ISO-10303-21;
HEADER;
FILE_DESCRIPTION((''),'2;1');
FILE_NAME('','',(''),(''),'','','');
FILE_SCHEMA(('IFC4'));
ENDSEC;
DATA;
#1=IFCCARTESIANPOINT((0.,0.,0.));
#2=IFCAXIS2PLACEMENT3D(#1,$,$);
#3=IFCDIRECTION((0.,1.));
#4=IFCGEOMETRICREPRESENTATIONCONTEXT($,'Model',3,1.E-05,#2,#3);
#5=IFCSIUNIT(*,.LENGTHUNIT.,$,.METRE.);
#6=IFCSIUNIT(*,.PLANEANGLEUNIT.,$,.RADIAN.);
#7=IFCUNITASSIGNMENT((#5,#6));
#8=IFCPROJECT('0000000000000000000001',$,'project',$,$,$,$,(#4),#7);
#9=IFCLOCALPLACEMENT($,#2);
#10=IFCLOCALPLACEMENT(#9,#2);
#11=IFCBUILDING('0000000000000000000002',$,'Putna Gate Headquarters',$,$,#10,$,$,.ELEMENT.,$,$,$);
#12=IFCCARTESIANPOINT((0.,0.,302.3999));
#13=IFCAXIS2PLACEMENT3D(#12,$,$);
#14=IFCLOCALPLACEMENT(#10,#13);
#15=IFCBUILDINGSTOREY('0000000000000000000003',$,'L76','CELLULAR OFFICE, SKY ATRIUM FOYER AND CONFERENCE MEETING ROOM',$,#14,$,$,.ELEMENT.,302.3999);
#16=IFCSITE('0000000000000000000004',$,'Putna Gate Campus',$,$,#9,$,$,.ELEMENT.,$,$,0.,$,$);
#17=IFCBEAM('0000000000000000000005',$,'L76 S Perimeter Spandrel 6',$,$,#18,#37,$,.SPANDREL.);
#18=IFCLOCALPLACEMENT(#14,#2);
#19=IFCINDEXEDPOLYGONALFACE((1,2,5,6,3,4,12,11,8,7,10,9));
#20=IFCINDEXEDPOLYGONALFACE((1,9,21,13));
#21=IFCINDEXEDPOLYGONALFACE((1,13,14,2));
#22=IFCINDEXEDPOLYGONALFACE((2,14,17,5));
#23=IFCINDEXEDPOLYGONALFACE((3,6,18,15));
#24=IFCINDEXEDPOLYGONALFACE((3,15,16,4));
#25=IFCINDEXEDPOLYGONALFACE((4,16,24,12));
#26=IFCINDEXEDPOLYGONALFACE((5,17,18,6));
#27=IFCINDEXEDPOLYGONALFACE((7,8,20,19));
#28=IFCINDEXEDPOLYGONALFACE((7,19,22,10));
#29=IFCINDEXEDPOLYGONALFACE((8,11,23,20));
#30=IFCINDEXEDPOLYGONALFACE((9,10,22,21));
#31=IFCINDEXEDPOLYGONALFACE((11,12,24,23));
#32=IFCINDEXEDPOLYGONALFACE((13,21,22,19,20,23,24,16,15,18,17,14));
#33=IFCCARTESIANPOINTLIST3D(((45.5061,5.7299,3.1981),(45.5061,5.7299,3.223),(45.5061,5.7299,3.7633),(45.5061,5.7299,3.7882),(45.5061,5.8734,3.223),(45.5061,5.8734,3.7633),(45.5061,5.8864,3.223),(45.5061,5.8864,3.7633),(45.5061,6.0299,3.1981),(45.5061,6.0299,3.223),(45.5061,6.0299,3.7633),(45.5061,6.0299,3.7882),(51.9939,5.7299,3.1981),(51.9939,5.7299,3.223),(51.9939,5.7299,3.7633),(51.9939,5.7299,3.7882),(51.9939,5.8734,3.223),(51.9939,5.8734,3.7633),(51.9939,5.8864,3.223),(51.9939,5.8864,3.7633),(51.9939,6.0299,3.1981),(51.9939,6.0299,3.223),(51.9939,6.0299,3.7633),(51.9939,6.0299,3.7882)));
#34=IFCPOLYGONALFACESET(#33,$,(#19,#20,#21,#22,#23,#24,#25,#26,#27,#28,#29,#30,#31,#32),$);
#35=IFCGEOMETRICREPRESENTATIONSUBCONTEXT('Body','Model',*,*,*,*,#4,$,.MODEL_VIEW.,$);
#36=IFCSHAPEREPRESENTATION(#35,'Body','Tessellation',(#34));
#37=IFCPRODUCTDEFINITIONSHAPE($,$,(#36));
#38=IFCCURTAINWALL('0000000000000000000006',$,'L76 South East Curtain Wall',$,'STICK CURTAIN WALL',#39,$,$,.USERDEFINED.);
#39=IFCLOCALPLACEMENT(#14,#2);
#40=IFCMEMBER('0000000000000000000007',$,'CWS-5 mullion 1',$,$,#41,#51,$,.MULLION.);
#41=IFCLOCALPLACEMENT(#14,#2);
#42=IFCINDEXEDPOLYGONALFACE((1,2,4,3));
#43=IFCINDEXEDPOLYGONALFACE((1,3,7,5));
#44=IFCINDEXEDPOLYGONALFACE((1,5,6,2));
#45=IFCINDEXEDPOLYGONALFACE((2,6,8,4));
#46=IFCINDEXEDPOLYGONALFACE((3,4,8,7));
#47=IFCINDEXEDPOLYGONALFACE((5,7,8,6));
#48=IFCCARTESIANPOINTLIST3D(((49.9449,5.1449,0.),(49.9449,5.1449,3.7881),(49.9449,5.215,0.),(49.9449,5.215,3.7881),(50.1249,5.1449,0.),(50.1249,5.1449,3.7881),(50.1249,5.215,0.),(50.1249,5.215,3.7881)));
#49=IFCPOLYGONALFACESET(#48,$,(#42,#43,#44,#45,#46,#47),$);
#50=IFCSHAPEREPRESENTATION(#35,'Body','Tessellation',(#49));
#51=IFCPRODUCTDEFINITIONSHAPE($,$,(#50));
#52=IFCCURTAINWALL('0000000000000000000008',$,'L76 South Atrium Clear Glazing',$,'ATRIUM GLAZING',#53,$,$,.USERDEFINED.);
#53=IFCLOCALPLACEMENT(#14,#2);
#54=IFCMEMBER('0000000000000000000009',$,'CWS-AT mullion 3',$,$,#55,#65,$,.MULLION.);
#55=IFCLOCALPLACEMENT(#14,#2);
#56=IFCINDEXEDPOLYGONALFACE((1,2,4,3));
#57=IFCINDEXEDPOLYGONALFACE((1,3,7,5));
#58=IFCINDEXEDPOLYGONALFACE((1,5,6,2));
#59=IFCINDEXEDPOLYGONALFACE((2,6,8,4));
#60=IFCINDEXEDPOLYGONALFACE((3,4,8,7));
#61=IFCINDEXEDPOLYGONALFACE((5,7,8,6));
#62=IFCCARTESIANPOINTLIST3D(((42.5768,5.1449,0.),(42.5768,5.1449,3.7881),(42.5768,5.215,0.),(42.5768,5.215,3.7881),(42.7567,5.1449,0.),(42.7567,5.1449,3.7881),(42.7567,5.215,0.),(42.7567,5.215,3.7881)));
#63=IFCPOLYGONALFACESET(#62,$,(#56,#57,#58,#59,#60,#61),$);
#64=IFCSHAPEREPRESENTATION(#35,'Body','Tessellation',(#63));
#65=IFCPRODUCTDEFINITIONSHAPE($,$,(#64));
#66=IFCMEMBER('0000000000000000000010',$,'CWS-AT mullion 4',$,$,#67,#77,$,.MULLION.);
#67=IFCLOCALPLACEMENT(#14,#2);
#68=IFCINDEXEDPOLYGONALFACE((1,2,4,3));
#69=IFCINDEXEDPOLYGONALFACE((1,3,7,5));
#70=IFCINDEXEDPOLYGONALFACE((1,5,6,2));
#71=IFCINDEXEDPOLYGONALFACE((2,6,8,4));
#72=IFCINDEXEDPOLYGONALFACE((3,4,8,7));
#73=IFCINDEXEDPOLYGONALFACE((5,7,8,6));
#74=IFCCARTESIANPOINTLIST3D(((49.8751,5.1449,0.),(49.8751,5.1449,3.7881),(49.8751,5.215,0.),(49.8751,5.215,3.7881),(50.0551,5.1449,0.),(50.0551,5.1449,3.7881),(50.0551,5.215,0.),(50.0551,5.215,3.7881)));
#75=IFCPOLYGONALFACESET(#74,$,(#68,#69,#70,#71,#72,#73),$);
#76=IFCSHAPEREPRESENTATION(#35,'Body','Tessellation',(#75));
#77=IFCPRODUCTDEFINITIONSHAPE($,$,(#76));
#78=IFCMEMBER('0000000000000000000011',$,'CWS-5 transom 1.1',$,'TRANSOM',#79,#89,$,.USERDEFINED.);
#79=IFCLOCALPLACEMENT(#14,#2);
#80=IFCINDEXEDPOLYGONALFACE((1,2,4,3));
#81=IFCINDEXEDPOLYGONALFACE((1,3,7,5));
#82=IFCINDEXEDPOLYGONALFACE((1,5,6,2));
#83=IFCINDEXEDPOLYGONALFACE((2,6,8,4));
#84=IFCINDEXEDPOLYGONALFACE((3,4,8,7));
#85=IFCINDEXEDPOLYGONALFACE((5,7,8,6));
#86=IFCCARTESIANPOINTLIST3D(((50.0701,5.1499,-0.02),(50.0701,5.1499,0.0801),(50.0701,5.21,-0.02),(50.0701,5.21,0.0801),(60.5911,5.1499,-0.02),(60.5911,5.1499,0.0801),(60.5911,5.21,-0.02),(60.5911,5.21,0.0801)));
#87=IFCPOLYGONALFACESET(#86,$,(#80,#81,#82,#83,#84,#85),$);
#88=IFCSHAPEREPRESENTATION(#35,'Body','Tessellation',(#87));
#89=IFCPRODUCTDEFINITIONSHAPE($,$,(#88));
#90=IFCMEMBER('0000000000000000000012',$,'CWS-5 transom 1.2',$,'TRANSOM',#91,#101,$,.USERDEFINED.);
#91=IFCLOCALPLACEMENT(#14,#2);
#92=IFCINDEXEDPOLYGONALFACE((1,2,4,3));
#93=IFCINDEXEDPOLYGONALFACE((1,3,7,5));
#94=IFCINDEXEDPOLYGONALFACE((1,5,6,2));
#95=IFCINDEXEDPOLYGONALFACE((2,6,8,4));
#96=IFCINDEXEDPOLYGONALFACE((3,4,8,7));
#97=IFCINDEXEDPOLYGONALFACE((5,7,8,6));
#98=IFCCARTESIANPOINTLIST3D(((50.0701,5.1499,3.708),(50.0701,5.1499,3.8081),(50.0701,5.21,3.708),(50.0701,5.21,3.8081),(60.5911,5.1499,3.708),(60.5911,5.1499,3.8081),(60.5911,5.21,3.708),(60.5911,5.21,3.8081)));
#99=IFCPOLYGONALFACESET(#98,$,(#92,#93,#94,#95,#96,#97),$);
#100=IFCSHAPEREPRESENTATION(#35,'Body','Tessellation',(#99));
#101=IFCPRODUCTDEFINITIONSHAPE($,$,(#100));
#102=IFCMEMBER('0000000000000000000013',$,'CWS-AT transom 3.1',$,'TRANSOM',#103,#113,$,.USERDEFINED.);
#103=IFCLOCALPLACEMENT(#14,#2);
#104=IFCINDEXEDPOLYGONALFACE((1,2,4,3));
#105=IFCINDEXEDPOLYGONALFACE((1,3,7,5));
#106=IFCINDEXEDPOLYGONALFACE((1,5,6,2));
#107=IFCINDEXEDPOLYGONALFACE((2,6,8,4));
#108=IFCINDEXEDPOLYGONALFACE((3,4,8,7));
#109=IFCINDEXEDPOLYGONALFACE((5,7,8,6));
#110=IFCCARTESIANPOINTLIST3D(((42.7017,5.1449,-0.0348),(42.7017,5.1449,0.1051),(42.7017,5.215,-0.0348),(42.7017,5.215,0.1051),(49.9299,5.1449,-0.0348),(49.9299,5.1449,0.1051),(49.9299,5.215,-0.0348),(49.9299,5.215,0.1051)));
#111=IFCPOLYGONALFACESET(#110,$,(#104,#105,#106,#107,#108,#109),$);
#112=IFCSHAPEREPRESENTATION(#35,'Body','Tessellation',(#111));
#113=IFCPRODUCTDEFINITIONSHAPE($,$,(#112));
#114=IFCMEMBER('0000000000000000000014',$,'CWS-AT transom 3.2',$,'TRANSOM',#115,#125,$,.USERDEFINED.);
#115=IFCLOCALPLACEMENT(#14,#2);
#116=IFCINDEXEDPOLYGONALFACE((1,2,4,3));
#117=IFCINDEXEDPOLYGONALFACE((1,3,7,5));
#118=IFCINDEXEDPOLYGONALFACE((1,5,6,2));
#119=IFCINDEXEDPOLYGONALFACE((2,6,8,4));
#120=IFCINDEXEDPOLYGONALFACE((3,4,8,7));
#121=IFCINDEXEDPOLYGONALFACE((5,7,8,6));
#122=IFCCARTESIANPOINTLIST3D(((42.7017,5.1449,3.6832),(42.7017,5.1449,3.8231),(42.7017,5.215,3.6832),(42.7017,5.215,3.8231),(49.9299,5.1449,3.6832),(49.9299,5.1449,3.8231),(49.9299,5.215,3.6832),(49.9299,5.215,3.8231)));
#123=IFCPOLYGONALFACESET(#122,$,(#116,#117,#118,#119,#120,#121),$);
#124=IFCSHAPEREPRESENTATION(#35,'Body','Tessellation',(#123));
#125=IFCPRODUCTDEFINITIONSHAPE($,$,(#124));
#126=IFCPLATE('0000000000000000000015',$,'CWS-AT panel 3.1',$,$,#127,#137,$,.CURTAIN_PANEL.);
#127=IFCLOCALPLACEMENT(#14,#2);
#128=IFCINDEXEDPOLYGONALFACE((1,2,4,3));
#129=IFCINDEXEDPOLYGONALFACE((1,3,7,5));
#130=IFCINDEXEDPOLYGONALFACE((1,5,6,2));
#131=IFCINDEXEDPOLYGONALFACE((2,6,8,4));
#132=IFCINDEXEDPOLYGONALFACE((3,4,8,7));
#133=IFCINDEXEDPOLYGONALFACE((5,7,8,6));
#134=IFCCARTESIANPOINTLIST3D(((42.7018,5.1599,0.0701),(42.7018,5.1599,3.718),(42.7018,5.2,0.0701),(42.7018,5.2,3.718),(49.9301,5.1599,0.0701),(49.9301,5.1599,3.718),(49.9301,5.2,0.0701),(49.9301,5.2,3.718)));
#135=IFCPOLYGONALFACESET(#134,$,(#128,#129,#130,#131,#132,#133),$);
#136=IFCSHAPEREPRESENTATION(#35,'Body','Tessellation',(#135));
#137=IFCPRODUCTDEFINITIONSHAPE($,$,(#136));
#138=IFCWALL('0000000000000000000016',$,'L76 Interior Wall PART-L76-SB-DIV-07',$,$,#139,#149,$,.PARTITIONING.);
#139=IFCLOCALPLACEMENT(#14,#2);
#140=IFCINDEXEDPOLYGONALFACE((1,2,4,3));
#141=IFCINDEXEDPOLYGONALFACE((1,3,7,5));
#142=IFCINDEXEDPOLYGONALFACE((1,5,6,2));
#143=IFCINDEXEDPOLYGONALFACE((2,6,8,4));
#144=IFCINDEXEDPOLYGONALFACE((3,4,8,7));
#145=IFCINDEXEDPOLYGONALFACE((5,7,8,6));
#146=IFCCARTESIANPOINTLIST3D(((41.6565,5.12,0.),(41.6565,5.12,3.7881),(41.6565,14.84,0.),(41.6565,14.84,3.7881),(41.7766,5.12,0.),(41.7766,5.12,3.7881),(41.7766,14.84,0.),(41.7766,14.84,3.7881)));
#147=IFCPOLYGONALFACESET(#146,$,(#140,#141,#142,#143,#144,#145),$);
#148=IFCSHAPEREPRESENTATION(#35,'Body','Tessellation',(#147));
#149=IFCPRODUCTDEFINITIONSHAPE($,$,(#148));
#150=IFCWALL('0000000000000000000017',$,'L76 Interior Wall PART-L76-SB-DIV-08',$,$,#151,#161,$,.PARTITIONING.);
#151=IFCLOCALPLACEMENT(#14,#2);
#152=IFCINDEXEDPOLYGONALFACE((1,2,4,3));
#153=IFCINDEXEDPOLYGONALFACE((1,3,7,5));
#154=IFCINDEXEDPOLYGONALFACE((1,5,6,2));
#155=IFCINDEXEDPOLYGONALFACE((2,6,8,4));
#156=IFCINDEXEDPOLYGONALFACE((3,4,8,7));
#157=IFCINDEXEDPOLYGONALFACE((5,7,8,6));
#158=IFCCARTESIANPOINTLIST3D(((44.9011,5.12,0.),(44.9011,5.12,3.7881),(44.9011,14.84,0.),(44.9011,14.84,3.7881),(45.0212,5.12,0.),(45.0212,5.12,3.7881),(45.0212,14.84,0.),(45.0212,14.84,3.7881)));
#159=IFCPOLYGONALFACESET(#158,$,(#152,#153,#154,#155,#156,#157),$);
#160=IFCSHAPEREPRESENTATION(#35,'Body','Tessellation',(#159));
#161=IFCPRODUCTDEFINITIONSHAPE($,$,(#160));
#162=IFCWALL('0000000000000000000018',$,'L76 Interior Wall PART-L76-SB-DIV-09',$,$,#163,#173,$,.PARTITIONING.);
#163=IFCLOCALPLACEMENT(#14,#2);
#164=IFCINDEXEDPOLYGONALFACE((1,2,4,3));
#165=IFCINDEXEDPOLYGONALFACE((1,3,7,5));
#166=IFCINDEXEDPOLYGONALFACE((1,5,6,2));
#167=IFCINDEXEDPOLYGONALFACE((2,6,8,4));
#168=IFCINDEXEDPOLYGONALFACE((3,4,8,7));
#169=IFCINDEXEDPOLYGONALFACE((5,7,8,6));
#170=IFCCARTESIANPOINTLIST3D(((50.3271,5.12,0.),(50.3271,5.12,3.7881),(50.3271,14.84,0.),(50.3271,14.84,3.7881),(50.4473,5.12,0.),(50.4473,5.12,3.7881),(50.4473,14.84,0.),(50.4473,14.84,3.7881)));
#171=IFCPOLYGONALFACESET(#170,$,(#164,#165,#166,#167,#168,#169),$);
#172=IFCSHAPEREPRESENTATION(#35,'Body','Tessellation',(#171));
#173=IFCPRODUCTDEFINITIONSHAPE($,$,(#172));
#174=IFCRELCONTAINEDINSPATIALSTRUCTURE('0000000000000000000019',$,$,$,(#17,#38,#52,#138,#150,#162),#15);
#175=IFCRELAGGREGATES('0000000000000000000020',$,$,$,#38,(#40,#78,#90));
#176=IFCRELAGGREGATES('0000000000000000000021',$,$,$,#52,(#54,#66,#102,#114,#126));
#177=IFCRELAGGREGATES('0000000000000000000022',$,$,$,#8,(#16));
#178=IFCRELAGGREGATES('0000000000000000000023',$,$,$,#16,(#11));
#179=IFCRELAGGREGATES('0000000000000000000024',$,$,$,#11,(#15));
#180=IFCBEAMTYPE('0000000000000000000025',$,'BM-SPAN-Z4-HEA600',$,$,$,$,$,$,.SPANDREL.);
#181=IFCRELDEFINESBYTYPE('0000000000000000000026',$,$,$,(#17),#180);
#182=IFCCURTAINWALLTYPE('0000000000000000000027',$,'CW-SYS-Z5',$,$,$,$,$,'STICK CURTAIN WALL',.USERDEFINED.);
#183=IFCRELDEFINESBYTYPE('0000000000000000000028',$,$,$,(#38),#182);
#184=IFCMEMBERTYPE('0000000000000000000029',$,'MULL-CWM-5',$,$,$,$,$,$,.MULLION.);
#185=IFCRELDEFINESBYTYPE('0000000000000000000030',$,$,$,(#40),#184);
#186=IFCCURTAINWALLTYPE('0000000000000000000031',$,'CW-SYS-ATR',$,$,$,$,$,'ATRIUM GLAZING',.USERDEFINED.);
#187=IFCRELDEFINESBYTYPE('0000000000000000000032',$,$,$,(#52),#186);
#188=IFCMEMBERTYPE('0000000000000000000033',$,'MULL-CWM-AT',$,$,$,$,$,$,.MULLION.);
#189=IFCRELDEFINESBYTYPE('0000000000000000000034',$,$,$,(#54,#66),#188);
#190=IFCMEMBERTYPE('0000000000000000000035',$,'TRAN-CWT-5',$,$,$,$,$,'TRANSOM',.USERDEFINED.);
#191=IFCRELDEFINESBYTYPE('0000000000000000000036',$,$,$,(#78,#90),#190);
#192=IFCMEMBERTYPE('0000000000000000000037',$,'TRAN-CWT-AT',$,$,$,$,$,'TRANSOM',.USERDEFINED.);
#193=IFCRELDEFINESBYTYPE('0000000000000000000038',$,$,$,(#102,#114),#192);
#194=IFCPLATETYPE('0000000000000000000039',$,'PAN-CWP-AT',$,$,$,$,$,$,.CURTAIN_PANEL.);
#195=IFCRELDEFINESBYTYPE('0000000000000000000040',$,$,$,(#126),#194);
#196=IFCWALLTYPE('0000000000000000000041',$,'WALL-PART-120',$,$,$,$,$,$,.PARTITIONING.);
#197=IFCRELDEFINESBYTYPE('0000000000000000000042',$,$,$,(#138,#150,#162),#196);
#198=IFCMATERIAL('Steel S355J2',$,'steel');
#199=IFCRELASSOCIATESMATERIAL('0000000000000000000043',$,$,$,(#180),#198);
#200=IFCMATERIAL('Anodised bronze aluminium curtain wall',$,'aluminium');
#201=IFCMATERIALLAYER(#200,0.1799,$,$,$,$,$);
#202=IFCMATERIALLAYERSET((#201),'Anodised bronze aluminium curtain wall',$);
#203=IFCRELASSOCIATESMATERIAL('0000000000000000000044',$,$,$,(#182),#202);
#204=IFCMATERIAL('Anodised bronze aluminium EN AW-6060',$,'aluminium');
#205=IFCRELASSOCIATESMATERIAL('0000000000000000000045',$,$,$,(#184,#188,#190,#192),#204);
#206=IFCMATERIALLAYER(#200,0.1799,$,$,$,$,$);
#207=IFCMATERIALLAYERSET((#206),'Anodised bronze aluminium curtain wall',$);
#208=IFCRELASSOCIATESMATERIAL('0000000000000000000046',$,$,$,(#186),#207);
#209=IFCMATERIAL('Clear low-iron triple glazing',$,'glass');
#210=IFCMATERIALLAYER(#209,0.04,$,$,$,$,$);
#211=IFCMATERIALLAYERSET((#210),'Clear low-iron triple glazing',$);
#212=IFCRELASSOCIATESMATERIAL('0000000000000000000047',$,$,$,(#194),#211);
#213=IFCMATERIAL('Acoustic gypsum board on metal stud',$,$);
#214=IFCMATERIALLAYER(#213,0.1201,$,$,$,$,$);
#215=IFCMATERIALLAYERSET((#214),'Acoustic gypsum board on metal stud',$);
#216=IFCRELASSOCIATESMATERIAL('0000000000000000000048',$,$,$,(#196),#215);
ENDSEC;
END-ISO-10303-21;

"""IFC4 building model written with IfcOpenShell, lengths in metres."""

from ifc_helpers import new_model, si_unit, direction, frame, frame_2d, origin, origin_2d, place, context, subcontext, project, spatial, rectangle, i_section, extrude, material, layer, layer_set, material_profile, profile_set, type_object, element, aggregate, save


model = new_model("IFC4")

# Units and contexts
model_context = context("Model", 3, precision=1e-05, world=origin(), true_north=direction((0.0, 1.0)))
body_context = subcontext(model_context, "Body", "Model", "MODEL_VIEW")
ifc_project = project(units=[si_unit("LENGTHUNIT", "METRE"), si_unit("PLANEANGLEUNIT", "RADIAN")], contexts=[model_context])

# Site, building, storey
site_placement = place(None, origin())
site = spatial("IfcSite", under=ifc_project, at=site_placement, Name="Putna Gate Campus", CompositionType="ELEMENT", RefElevation=0.0)
building_placement = place(site_placement, origin())
building = spatial("IfcBuilding", under=site, at=building_placement, Name="Putna Gate Headquarters", CompositionType="ELEMENT")
storey_placement = place(building_placement, frame((0.0, 0.0, 302.3999)))
storey = spatial("IfcBuildingStorey", under=building, at=storey_placement, Name="L76", Description="CELLULAR OFFICE, SKY ATRIUM FOYER AND CONFERENCE MEETING ROOM", CompositionType="ELEMENT", Elevation=302.3999)

# Beam
ifc_material_1 = material(Name="Steel S355J2", Category="steel")
ifc_material_profile_1 = material_profile(ifc_material_1, i_section(OverallWidth=0.3, OverallDepth=0.5901, WebThickness=0.0129, FlangeThickness=0.0249, at=origin_2d()), Name="Steel S355J2")
ifc_profile_set_1 = profile_set([ifc_material_profile_1], Name="Steel S355J2")
beam_type_1 = type_object("IfcBeamType", Name="BM-SPAN-Z4-HEA600", PredefinedType="SPANDREL", material=ifc_profile_set_1)
beam_1_placement = place(storey_placement, frame((45.5061, 5.8799, 3.4932), z_axis=(1.0, 0.0, 0.0), x_axis=(0.0, 1.0, 0.0)))
element("IfcBeam", 1, at=beam_1_placement, inside=storey, type_object=beam_type_1, Name="L76 S Perimeter Spandrel 6", PredefinedType="SPANDREL", context=body_context, shape_type="SweptSolid", body=[
    extrude(i_section(OverallWidth=0.3, OverallDepth=0.5901, WebThickness=0.0129, FlangeThickness=0.0249, at=origin_2d()), origin(), (0.0, 0.0, 1.0), 6.4878),
])

# Curtain wall, member
ifc_material_2 = material(Name="Anodised bronze aluminium curtain wall", Category="aluminium")
ifc_layer_1 = layer(ifc_material_2, 0.1799)
ifc_layer_set_1 = layer_set([ifc_layer_1], Name="Anodised bronze aluminium curtain wall")
curtain_wall_type_1 = type_object("IfcCurtainWallType", Name="CW-SYS-Z5", ElementType="STICK CURTAIN WALL", PredefinedType="USERDEFINED", material=ifc_layer_set_1)
curtain_wall_1_placement = place(storey_placement, origin())
curtain_wall_1 = element("IfcCurtainWall", 2, at=curtain_wall_1_placement, inside=storey, type_object=curtain_wall_type_1, Name="L76 South East Curtain Wall", ObjectType="STICK CURTAIN WALL", PredefinedType="USERDEFINED")
ifc_material_3 = material(Name="Anodised bronze aluminium EN AW-6060", Category="aluminium")
ifc_material_profile_2 = material_profile(ifc_material_3, rectangle(XDim=0.0701, YDim=0.1799, at=origin_2d()), Name="Anodised bronze aluminium EN AW-6060")
ifc_profile_set_2 = profile_set([ifc_material_profile_2], Name="Anodised bronze aluminium EN AW-6060")
member_type_1 = type_object("IfcMemberType", Name="MULL-CWM-5", PredefinedType="MULLION", material=ifc_profile_set_2)
member_1_placement = place(storey_placement, frame((50.0349, 5.1799, 0.0), z_axis=(0.0, 0.0, 1.0), x_axis=(0.0, 1.0, 0.0)))
member_1 = element("IfcMember", 3, at=member_1_placement, type_object=member_type_1, Name="CWS-5 mullion 1", PredefinedType="MULLION", context=body_context, shape_type="SweptSolid", body=[
    extrude(rectangle(XDim=0.0701, YDim=0.1799, at=origin_2d()), origin(), (0.0, 0.0, 1.0), 3.7881),
])

# Curtain wall, members
ifc_layer_2 = layer(ifc_material_2, 0.1799)
ifc_layer_set_2 = layer_set([ifc_layer_2], Name="Anodised bronze aluminium curtain wall")
curtain_wall_type_2 = type_object("IfcCurtainWallType", Name="CW-SYS-ATR", ElementType="ATRIUM GLAZING", PredefinedType="USERDEFINED", material=ifc_layer_set_2)
curtain_wall_2_placement = place(storey_placement, origin())
curtain_wall_2 = element("IfcCurtainWall", 4, at=curtain_wall_2_placement, inside=storey, type_object=curtain_wall_type_2, Name="L76 South Atrium Clear Glazing", ObjectType="ATRIUM GLAZING", PredefinedType="USERDEFINED")
ifc_material_profile_3 = material_profile(ifc_material_3, rectangle(XDim=0.0701, YDim=0.1799, at=origin_2d()), Name="Anodised bronze aluminium EN AW-6060")
ifc_profile_set_3 = profile_set([ifc_material_profile_3], Name="Anodised bronze aluminium EN AW-6060")
member_type_2 = type_object("IfcMemberType", Name="MULL-CWM-AT", PredefinedType="MULLION", material=ifc_profile_set_3)
member_2_placement = place(storey_placement, frame((42.6667, 5.1799, 0.0), z_axis=(0.0, 0.0, 1.0), x_axis=(0.0, 1.0, 0.0)))
member_2 = element("IfcMember", 5, at=member_2_placement, type_object=member_type_2, Name="CWS-AT mullion 3", PredefinedType="MULLION", context=body_context, shape_type="SweptSolid", body=[
    extrude(rectangle(XDim=0.0701, YDim=0.1799, at=origin_2d()), origin(), (0.0, 0.0, 1.0), 3.7881),
])
member_3_placement = place(storey_placement, frame((49.9651, 5.1799, 0.0), z_axis=(0.0, 0.0, 1.0), x_axis=(0.0, 1.0, 0.0)))
member_3 = element("IfcMember", 6, at=member_3_placement, type_object=member_type_2, Name="CWS-AT mullion 4", PredefinedType="MULLION", context=body_context, shape_type="SweptSolid", body=[
    extrude(rectangle(XDim=0.0701, YDim=0.1799, at=origin_2d()), origin(), (0.0, 0.0, 1.0), 3.7881),
])

# Members
ifc_material_profile_4 = material_profile(ifc_material_3, rectangle(XDim=0.0601, YDim=0.1001, at=origin_2d()), Name="Anodised bronze aluminium EN AW-6060")
ifc_profile_set_4 = profile_set([ifc_material_profile_4], Name="Anodised bronze aluminium EN AW-6060")
member_type_3 = type_object("IfcMemberType", Name="TRAN-CWT-5", ElementType="TRANSOM", PredefinedType="USERDEFINED", material=ifc_profile_set_4)
member_4_placement = place(storey_placement, frame((50.0701, 5.1799, 0.03), z_axis=(1.0, 0.0, 0.0), x_axis=(0.0, 1.0, 0.0)))
member_4 = element("IfcMember", 7, at=member_4_placement, type_object=member_type_3, Name="CWS-5 transom 1.1", ObjectType="TRANSOM", PredefinedType="USERDEFINED", context=body_context, shape_type="SweptSolid", body=[
    extrude(rectangle(XDim=0.0601, YDim=0.1001, at=origin_2d()), origin(), (0.0, 0.0, 1.0), 10.521),
])
member_5_placement = place(storey_placement, frame((50.0701, 5.1799, 3.7581), z_axis=(1.0, 0.0, 0.0), x_axis=(0.0, 1.0, 0.0)))
member_5 = element("IfcMember", 8, at=member_5_placement, type_object=member_type_3, Name="CWS-5 transom 1.2", ObjectType="TRANSOM", PredefinedType="USERDEFINED", context=body_context, shape_type="SweptSolid", body=[
    extrude(rectangle(XDim=0.0601, YDim=0.1001, at=origin_2d()), origin(), (0.0, 0.0, 1.0), 10.521),
])
aggregate(curtain_wall_1, [member_1, member_4, member_5])
ifc_material_profile_5 = material_profile(ifc_material_3, rectangle(XDim=0.0701, YDim=0.1399, at=origin_2d()), Name="Anodised bronze aluminium EN AW-6060")
ifc_profile_set_5 = profile_set([ifc_material_profile_5], Name="Anodised bronze aluminium EN AW-6060")
member_type_4 = type_object("IfcMemberType", Name="TRAN-CWT-AT", ElementType="TRANSOM", PredefinedType="USERDEFINED", material=ifc_profile_set_5)
member_6_placement = place(storey_placement, frame((42.7017, 5.1799, 0.0352), z_axis=(1.0, 0.0, 0.0), x_axis=(0.0, 1.0, 0.0)))
member_6 = element("IfcMember", 9, at=member_6_placement, type_object=member_type_4, Name="CWS-AT transom 3.1", ObjectType="TRANSOM", PredefinedType="USERDEFINED", context=body_context, shape_type="SweptSolid", body=[
    extrude(rectangle(XDim=0.0701, YDim=0.1399, at=origin_2d()), origin(), (0.0, 0.0, 1.0), 7.2283),
])
member_7_placement = place(storey_placement, frame((42.7017, 5.1799, 3.7532), z_axis=(1.0, 0.0, 0.0), x_axis=(0.0, 1.0, 0.0)))
member_7 = element("IfcMember", 10, at=member_7_placement, type_object=member_type_4, Name="CWS-AT transom 3.2", ObjectType="TRANSOM", PredefinedType="USERDEFINED", context=body_context, shape_type="SweptSolid", body=[
    extrude(rectangle(XDim=0.0701, YDim=0.1399, at=origin_2d()), origin(), (0.0, 0.0, 1.0), 7.2283),
])

# Plate
ifc_material_4 = material(Name="Clear low-iron triple glazing", Category="glass")
ifc_layer_3 = layer(ifc_material_4, 0.04)
ifc_layer_set_3 = layer_set([ifc_layer_3], Name="Clear low-iron triple glazing")
plate_type = type_object("IfcPlateType", Name="PAN-CWP-AT", PredefinedType="CURTAIN_PANEL", material=ifc_layer_set_3)
plate_placement = place(storey_placement, frame((46.3159, 5.1799, 0.0701), z_axis=(0.0, 0.0, 1.0), x_axis=(1.0, 0.0, 0.0)))
plate = element("IfcPlate", 11, at=plate_placement, type_object=plate_type, Name="CWS-AT panel 3.1", PredefinedType="CURTAIN_PANEL", context=body_context, shape_type="SweptSolid", body=[
    extrude(rectangle(XDim=7.2283, YDim=0.04, at=origin_2d()), origin(), (0.0, 0.0, 1.0), 3.6479),
])
aggregate(curtain_wall_2, [member_2, member_3, member_6, member_7, plate])

# Walls
ifc_material_5 = material(Name="Acoustic gypsum board on metal stud")
ifc_layer_4 = layer(ifc_material_5, 0.1201)
ifc_layer_set_4 = layer_set([ifc_layer_4], Name="Acoustic gypsum board on metal stud")
wall_type_1 = type_object("IfcWallType", Name="WALL-PART-120", PredefinedType="PARTITIONING", material=ifc_layer_set_4)
for number, where, z_axis, x_axis, name in (
    (12, (41.7166, 5.1201, 0.0), (0.0, 0.0, 1.0), (0.0, 1.0, 0.0), "L76 Interior Wall PART-L76-SB-DIV-07"),
    (13, (44.9612, 5.1201, 0.0), (0.0, 0.0, 1.0), (0.0, 1.0, 0.0), "L76 Interior Wall PART-L76-SB-DIV-08"),
    (14, (50.3872, 5.1201, 0.0), (0.0, 0.0, 1.0), (0.0, 1.0, 0.0), "L76 Interior Wall PART-L76-SB-DIV-09"),
):
    element("IfcWall", number, at=place(storey_placement, frame(where, z_axis=z_axis, x_axis=x_axis)), inside=storey, type_object=wall_type_1, Name=name, PredefinedType="PARTITIONING", context=body_context, shape_type="SweptSolid", body=[
        extrude(rectangle(XDim=9.72, YDim=0.1201, at=frame_2d((4.8599, 0.0))), origin(), (0.0, 0.0, 1.0), 3.7881),
    ])

save(model, "model.ifc")
